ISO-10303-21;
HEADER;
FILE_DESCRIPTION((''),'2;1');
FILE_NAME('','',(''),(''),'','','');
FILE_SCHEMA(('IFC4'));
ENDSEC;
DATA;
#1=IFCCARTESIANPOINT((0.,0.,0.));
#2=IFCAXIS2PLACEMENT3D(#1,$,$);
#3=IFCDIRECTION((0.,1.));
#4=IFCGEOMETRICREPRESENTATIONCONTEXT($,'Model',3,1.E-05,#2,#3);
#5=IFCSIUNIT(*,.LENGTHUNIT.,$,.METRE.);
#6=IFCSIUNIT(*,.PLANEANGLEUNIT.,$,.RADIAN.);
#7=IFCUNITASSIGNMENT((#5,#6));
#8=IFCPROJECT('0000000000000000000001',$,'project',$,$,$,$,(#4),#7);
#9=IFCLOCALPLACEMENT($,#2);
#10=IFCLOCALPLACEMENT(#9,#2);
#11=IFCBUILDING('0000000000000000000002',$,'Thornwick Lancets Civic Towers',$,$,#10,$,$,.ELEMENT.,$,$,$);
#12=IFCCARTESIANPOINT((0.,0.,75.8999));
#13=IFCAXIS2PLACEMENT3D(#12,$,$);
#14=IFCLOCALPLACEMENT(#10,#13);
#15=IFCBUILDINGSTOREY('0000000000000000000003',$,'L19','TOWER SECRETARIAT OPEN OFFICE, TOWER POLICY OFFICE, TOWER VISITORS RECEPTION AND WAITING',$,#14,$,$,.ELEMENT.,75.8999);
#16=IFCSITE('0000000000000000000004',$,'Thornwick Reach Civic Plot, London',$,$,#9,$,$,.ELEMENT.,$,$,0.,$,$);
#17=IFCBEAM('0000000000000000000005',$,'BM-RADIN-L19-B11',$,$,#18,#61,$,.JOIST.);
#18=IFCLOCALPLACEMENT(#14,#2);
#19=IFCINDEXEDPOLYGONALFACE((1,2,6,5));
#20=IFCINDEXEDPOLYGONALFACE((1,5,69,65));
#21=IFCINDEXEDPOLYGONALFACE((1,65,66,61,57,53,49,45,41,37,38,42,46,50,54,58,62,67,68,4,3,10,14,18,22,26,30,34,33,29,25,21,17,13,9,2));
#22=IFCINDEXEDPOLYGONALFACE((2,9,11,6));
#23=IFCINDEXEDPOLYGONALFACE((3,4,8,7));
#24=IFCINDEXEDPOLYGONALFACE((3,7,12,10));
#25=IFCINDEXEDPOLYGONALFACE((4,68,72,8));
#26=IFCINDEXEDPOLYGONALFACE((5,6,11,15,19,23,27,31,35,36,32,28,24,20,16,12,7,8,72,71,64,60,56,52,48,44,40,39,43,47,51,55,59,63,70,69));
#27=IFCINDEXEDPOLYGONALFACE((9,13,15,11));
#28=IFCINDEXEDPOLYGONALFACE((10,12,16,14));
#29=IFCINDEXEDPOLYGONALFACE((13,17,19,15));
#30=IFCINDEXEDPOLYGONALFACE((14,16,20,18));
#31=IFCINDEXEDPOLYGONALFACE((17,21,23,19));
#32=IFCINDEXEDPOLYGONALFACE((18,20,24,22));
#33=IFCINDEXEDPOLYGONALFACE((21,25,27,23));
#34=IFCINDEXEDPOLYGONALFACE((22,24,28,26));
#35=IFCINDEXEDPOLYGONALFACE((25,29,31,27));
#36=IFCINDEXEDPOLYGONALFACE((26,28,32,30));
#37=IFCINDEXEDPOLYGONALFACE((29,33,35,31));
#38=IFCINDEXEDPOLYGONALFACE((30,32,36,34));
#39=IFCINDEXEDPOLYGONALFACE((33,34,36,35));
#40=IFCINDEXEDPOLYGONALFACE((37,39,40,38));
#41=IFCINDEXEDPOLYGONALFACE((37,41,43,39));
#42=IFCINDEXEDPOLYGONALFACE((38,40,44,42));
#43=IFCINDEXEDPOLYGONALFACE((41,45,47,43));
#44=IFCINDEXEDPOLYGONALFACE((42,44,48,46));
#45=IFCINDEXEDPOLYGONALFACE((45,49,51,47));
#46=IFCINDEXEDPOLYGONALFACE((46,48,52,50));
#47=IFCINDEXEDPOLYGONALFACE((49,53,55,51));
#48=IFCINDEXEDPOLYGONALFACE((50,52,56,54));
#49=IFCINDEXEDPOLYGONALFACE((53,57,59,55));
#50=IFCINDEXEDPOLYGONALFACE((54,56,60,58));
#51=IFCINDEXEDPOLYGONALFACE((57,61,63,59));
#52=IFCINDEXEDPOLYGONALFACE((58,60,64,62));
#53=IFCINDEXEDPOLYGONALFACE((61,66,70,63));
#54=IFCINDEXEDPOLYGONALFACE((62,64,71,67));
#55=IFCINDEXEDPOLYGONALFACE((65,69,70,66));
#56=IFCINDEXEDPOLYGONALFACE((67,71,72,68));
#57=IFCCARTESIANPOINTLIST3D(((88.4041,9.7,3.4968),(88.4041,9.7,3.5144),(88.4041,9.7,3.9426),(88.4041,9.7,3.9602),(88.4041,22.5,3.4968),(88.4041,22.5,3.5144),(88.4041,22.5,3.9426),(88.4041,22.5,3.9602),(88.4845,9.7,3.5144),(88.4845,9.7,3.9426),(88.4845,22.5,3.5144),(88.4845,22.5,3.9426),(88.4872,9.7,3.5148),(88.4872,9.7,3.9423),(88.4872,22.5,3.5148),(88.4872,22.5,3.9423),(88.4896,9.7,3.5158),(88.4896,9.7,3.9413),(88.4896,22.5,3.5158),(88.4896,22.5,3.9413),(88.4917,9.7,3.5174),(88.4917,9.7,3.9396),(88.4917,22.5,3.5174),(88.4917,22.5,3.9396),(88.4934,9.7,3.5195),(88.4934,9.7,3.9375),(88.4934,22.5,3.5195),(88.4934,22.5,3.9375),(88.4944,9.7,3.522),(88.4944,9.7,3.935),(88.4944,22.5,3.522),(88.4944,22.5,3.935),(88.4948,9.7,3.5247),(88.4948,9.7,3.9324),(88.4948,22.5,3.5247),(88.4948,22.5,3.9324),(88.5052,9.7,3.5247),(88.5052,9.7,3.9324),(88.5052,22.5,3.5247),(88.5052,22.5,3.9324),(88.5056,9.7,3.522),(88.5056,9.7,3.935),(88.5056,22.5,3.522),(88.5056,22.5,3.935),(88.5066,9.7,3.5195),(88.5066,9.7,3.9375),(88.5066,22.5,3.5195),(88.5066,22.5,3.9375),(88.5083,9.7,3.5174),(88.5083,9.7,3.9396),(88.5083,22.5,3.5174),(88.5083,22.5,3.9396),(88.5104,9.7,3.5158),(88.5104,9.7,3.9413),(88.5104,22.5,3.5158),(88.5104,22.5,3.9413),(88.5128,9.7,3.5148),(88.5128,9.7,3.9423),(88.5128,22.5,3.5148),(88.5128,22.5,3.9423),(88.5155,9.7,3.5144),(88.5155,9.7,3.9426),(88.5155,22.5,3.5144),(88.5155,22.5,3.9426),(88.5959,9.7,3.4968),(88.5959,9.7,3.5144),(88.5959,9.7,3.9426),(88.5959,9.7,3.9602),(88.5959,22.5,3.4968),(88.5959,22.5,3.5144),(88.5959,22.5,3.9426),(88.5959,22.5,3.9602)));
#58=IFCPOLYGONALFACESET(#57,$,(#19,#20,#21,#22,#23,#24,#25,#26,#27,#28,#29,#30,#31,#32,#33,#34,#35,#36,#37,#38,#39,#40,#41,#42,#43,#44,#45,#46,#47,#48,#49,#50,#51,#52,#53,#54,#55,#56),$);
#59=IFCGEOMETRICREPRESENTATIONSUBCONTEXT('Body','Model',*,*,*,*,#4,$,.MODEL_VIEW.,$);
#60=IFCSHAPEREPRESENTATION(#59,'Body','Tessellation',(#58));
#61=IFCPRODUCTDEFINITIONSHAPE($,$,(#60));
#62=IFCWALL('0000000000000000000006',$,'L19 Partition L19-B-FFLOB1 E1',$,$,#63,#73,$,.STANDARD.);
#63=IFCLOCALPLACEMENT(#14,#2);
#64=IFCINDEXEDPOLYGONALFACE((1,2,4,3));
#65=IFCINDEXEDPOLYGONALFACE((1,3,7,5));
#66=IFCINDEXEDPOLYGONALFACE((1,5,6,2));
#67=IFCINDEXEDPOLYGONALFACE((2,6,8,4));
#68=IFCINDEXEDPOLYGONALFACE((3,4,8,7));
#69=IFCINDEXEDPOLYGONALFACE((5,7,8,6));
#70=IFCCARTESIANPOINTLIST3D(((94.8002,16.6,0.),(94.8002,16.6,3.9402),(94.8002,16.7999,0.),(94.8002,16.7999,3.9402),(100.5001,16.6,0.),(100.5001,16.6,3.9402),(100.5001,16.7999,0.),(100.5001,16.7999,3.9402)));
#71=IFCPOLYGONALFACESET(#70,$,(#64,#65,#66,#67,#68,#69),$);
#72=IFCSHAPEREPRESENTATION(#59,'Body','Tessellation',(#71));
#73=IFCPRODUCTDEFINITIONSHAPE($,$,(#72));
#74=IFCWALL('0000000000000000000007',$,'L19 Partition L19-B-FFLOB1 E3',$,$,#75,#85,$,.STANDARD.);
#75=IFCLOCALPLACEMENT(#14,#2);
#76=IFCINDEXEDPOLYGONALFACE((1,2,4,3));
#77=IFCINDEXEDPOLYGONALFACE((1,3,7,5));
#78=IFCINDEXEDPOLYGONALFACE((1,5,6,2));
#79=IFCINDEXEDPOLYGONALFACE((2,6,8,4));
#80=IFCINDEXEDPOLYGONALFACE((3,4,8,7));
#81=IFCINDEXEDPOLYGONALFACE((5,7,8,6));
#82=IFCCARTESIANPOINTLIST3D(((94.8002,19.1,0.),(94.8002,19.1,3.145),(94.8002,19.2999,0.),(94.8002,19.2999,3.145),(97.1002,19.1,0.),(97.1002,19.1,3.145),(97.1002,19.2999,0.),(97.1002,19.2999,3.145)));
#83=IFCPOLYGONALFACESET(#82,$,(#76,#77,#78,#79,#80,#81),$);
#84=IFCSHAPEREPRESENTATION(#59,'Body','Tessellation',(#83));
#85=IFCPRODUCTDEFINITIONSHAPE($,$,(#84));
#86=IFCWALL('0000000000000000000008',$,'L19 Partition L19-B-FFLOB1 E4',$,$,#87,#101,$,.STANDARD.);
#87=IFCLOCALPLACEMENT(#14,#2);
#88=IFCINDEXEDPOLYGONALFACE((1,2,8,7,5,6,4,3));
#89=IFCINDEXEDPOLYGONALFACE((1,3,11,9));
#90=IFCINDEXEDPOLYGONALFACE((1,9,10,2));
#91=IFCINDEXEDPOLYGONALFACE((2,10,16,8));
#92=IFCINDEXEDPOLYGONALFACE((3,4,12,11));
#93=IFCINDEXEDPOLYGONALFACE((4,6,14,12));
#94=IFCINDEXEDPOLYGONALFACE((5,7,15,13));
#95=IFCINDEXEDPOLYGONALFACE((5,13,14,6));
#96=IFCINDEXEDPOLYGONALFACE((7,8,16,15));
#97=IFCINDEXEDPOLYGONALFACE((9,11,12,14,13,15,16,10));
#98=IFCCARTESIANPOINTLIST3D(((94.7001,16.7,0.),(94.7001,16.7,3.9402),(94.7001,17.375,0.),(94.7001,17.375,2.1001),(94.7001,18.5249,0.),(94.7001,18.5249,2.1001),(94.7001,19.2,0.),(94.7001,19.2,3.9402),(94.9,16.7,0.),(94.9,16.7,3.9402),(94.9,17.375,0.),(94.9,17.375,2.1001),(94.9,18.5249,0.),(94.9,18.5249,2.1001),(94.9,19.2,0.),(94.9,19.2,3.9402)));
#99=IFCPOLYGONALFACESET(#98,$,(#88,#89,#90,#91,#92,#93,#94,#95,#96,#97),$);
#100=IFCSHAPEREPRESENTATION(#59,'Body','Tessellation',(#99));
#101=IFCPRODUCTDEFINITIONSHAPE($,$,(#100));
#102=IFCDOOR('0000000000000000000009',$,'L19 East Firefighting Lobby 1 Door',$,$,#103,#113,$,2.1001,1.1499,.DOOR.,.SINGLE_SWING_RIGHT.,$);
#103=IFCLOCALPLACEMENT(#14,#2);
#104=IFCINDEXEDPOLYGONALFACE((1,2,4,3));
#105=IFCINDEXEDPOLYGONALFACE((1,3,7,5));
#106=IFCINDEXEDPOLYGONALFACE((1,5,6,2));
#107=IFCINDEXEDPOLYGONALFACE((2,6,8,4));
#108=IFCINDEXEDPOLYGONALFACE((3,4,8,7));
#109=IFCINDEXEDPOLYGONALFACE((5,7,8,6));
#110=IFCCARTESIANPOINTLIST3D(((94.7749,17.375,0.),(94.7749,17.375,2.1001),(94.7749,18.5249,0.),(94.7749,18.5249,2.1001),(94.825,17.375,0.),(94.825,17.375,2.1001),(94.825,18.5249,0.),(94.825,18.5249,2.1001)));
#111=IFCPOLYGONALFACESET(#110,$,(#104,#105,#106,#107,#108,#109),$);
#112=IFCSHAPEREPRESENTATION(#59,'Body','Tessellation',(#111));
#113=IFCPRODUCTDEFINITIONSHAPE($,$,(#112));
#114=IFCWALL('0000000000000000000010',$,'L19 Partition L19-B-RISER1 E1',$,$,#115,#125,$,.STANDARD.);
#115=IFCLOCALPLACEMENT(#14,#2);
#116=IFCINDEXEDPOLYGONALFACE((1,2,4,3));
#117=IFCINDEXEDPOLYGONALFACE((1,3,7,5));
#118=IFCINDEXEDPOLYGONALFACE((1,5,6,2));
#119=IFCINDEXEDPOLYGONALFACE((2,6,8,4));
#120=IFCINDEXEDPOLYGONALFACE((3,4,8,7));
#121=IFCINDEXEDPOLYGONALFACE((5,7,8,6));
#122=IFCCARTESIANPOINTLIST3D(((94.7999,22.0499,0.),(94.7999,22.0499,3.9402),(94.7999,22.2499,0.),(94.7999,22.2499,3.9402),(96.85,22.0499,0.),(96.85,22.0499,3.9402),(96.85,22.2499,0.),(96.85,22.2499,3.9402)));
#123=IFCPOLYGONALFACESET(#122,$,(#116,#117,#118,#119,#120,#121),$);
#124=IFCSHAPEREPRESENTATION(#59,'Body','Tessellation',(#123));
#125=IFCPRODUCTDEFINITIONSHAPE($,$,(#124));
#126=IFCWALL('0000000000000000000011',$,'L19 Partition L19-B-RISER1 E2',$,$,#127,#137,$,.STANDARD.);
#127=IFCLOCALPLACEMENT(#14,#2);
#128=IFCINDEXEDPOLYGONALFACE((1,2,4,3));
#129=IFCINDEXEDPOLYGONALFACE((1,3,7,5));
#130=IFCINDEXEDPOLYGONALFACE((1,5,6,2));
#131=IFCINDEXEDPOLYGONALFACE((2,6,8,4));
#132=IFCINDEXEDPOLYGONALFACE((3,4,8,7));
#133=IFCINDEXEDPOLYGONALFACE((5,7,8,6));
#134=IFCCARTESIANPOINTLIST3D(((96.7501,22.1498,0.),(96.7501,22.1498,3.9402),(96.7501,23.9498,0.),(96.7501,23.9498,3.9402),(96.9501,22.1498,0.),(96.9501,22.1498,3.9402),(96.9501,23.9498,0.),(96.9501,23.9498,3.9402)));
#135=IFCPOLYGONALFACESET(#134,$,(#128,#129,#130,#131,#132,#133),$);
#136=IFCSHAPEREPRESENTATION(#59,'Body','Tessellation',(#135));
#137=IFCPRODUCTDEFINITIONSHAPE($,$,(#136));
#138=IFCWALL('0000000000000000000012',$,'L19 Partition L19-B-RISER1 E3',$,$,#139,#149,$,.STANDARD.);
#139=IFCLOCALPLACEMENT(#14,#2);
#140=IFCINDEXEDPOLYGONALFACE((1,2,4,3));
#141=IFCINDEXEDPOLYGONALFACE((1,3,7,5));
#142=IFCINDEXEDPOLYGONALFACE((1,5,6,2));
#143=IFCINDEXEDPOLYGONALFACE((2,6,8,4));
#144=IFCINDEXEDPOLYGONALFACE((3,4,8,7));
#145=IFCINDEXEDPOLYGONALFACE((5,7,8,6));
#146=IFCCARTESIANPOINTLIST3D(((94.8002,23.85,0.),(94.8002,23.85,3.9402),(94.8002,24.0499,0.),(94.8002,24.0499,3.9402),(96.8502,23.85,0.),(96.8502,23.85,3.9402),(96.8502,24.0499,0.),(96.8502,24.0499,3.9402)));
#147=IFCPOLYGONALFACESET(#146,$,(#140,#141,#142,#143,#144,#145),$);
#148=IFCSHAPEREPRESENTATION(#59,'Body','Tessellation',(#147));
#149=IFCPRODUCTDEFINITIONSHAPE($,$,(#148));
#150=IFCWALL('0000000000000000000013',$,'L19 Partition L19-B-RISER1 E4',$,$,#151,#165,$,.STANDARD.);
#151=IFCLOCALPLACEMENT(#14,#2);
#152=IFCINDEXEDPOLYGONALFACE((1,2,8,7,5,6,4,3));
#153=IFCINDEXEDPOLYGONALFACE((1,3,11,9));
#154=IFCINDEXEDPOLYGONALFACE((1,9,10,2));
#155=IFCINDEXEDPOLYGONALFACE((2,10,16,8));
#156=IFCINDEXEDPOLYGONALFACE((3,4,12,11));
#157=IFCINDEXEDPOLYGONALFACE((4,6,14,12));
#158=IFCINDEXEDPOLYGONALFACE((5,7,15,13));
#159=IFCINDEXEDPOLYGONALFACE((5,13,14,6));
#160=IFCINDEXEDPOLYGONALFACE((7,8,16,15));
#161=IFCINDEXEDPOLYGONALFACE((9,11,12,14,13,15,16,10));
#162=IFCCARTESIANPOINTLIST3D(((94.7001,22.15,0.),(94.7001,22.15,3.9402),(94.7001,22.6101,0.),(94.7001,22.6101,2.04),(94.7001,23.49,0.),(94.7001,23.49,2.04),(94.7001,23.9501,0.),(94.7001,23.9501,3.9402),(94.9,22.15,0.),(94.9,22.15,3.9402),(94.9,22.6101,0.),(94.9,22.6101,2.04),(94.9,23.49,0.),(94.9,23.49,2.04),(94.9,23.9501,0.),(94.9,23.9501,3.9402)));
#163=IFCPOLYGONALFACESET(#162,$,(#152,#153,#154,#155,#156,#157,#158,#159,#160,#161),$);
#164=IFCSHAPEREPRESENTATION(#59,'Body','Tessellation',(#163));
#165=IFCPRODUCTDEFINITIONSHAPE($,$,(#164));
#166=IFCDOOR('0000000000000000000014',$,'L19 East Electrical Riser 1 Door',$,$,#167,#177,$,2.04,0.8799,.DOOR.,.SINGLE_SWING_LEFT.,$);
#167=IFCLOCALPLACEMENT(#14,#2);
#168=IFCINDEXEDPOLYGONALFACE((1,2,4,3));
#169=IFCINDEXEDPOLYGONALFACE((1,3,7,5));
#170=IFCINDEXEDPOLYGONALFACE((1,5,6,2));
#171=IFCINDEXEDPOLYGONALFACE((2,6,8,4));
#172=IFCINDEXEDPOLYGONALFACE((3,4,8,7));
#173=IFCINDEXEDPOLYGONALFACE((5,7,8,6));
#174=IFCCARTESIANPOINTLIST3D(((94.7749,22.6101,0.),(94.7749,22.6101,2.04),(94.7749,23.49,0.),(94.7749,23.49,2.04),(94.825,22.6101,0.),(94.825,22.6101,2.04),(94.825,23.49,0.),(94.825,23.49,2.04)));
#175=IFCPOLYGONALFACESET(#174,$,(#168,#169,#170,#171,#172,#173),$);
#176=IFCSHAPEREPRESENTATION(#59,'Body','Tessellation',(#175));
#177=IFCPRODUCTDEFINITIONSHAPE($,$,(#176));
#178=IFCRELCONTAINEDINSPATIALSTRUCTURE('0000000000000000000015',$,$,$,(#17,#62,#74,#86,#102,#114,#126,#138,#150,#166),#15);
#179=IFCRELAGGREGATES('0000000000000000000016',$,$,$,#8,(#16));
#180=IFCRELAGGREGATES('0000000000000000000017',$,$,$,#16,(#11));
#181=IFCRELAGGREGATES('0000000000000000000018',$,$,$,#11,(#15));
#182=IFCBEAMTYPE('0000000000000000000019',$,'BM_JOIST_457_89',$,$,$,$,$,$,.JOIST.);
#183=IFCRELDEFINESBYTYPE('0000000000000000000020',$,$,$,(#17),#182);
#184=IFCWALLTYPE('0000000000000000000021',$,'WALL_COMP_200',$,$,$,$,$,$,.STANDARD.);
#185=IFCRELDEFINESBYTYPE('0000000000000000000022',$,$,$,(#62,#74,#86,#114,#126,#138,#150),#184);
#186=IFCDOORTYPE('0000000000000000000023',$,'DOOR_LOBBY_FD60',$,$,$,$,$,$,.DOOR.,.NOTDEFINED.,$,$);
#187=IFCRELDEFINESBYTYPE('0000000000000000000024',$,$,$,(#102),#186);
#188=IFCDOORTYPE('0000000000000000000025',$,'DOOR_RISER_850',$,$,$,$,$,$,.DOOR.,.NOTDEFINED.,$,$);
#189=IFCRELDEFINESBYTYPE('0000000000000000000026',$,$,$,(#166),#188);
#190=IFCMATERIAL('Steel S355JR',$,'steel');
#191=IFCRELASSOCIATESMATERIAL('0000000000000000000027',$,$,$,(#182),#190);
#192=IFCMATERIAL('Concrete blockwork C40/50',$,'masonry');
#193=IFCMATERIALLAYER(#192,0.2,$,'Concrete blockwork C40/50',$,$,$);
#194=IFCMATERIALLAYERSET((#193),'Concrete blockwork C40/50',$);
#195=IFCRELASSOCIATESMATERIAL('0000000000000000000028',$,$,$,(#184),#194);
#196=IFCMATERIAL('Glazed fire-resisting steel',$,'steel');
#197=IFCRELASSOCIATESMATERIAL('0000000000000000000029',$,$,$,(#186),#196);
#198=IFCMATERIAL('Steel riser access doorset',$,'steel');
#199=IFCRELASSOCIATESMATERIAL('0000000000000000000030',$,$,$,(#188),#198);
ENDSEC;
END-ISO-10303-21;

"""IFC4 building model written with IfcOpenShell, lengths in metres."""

from ifc_helpers import new_model, si_unit, direction, frame, frame_2d, origin, origin_2d, place, context, subcontext, project, spatial, rectangle, i_section, extrude, material, layer, layer_set, material_profile, profile_set, type_object, element, fill, save


model = new_model("IFC4")

# Units and contexts
model_context = context("Model", 3, precision=1e-05, world=origin(), true_north=direction((0.0, 1.0)))
body_context = subcontext(model_context, "Body", "Model", "MODEL_VIEW")
ifc_project = project(units=[si_unit("LENGTHUNIT", "METRE"), si_unit("PLANEANGLEUNIT", "RADIAN")], contexts=[model_context])

# Site, building, storey
site_placement = place(None, origin())
site = spatial("IfcSite", under=ifc_project, at=site_placement, Name="Thornwick Reach Civic Plot, London", CompositionType="ELEMENT", RefElevation=0.0)
building_placement = place(site_placement, origin())
building = spatial("IfcBuilding", under=site, at=building_placement, Name="Thornwick Lancets Civic Towers", CompositionType="ELEMENT")
storey_placement = place(building_placement, frame((0.0, 0.0, 75.8999)))
storey = spatial("IfcBuildingStorey", under=building, at=storey_placement, Name="L19", Description="TOWER SECRETARIAT OPEN OFFICE, TOWER POLICY OFFICE, TOWER VISITORS RECEPTION AND WAITING", CompositionType="ELEMENT", Elevation=75.8999)

# Beam
ifc_material_1 = material(Name="Steel S355JR", Category="steel")
ifc_material_profile_1 = material_profile(ifc_material_1, i_section(OverallWidth=0.1919, OverallDepth=0.4634, WebThickness=0.0105, FlangeThickness=0.0176, FilletRadius=0.0103, at=origin_2d()), Name="UKB 457x191x89")
ifc_profile_set_1 = profile_set([ifc_material_profile_1], Name="Steel S355JR")
beam_type_1 = type_object("IfcBeamType", Name="BM_JOIST_457_89", PredefinedType="JOIST", material=ifc_profile_set_1)
for number, where, z_axis, x_axis, name in (
    (1, (88.5, 22.5, 3.7285), (0.0, -1.0, 0.0), (1.0, 0.0, 0.0), "BM-RADIN-L19-B11"),
):
    element("IfcBeam", number, at=place(storey_placement, frame(where, z_axis=z_axis, x_axis=x_axis)), inside=storey, type_object=beam_type_1, Name=name, PredefinedType="JOIST", context=body_context, shape_type="SweptSolid", body=[
        extrude(i_section(OverallWidth=0.1919, OverallDepth=0.4634, WebThickness=0.0105, FlangeThickness=0.0176, FilletRadius=0.0103, at=origin_2d()), origin(), (0.0, 0.0, 1.0), 12.8),
    ])

# Walls
ifc_material_2 = material(Name="Concrete blockwork C40/50", Category="masonry")
ifc_layer_1 = layer(ifc_material_2, 0.2, Name="Concrete blockwork C40/50")
ifc_layer_set_1 = layer_set([ifc_layer_1], Name="Concrete blockwork C40/50")
wall_type_1 = type_object("IfcWallType", Name="WALL_COMP_200", PredefinedType="STANDARD", material=ifc_layer_set_1)
wall_1_placement = place(storey_placement, frame((94.8, 16.7, 0.0), z_axis=(0.0, 0.0, 1.0), x_axis=(1.0, 0.0, 0.0)))
element("IfcWall", 2, at=wall_1_placement, inside=storey, type_object=wall_type_1, Name="L19 Partition L19-B-FFLOB1 E1", PredefinedType="STANDARD", context=body_context, shape_type="SweptSolid", body=[
    extrude(rectangle(XDim=5.7, YDim=0.2, at=frame_2d((2.8501, 0.0))), origin(), (0.0, 0.0, 1.0), 3.9402),
])
wall_2_placement = place(storey_placement, frame((97.1001, 19.2, 0.0), z_axis=(0.0, 0.0, 1.0), x_axis=(-1.0, 0.0, 0.0)))
element("IfcWall", 3, at=wall_2_placement, inside=storey, type_object=wall_type_1, Name="L19 Partition L19-B-FFLOB1 E3", PredefinedType="STANDARD", context=body_context, shape_type="SweptSolid", body=[
    extrude(rectangle(XDim=2.3, YDim=0.2, at=frame_2d((1.1499, 0.0))), origin(), (0.0, 0.0, 1.0), 3.145),
])

# Wall, opening, door
wall_3_placement = place(storey_placement, frame((94.8, 19.2, 0.0), z_axis=(0.0, 0.0, 1.0), x_axis=(0.0, -1.0, 0.0)))
wall_3 = element("IfcWall", 4, at=wall_3_placement, inside=storey, type_object=wall_type_1, Name="L19 Partition L19-B-FFLOB1 E4", PredefinedType="STANDARD", context=body_context, shape_type="SweptSolid", body=[
    extrude(rectangle(XDim=2.5, YDim=0.2, at=frame_2d((1.25, 0.0))), origin(), (0.0, 0.0, 1.0), 3.9402),
])
opening_1_placement = place(wall_3_placement, frame((0.675, 0.0, 0.0)))
opening_1 = element("IfcOpeningElement", 5, at=opening_1_placement, cuts=wall_3, PredefinedType="OPENING", context=body_context, shape_type="SweptSolid", body=[
    extrude(rectangle(XDim=1.1499, YDim=2.1001, at=frame_2d((0.575, 1.05))), frame((0.0, 0.1099, 0.0), z_axis=(0.0, -1.0, 0.0), x_axis=(1.0, 0.0, 0.0)), (0.0, 0.0, 1.0), 0.22),
])
ifc_material_3 = material(Name="Glazed fire-resisting steel", Category="steel")
door_type_1 = type_object("IfcDoorType", Name="DOOR_LOBBY_FD60", OperationType="NOTDEFINED", PredefinedType="DOOR", material=ifc_material_3)
door_1_placement = place(opening_1_placement, origin())
door_1 = element("IfcDoor", 6, at=door_1_placement, inside=storey, type_object=door_type_1, Name="L19 East Firefighting Lobby 1 Door", OperationType="SINGLE_SWING_RIGHT", OverallHeight=2.1001, OverallWidth=1.1499, PredefinedType="DOOR", context=body_context, shape_type="SweptSolid", body=[
    extrude(rectangle(XDim=1.1499, YDim=2.1001, at=frame_2d((0.575, 1.05))), frame((0.0, 0.0249, 0.0), z_axis=(0.0, -1.0, 0.0), x_axis=(1.0, 0.0, 0.0)), (0.0, 0.0, 1.0), 0.05),
])
fill(opening_1, door_1)

# Walls
wall_4_placement = place(storey_placement, frame((94.8, 22.1499, 0.0), z_axis=(0.0, 0.0, 1.0), x_axis=(1.0, 0.0, 0.0)))
element("IfcWall", 7, at=wall_4_placement, inside=storey, type_object=wall_type_1, Name="L19 Partition L19-B-RISER1 E1", PredefinedType="STANDARD", context=body_context, shape_type="SweptSolid", body=[
    extrude(rectangle(XDim=2.05, YDim=0.2, at=frame_2d((1.0249, 0.0))), origin(), (0.0, 0.0, 1.0), 3.9402),
])
wall_5_placement = place(storey_placement, frame((96.8501, 22.1499, 0.0), z_axis=(0.0, 0.0, 1.0), x_axis=(0.0, 1.0, 0.0)))
element("IfcWall", 8, at=wall_5_placement, inside=storey, type_object=wall_type_1, Name="L19 Partition L19-B-RISER1 E2", PredefinedType="STANDARD", context=body_context, shape_type="SweptSolid", body=[
    extrude(rectangle(XDim=1.8, YDim=0.2, at=frame_2d((0.8999, 0.0))), origin(), (0.0, 0.0, 1.0), 3.9402),
])
wall_6_placement = place(storey_placement, frame((96.8501, 23.95, 0.0), z_axis=(0.0, 0.0, 1.0), x_axis=(-1.0, 0.0, 0.0)))
element("IfcWall", 9, at=wall_6_placement, inside=storey, type_object=wall_type_1, Name="L19 Partition L19-B-RISER1 E3", PredefinedType="STANDARD", context=body_context, shape_type="SweptSolid", body=[
    extrude(rectangle(XDim=2.05, YDim=0.2, at=frame_2d((1.0249, 0.0))), origin(), (0.0, 0.0, 1.0), 3.9402),
])

# Wall, opening, door
wall_7_placement = place(storey_placement, frame((94.8, 23.95, 0.0), z_axis=(0.0, 0.0, 1.0), x_axis=(0.0, -1.0, 0.0)))
wall_7 = element("IfcWall", 10, at=wall_7_placement, inside=storey, type_object=wall_type_1, Name="L19 Partition L19-B-RISER1 E4", PredefinedType="STANDARD", context=body_context, shape_type="SweptSolid", body=[
    extrude(rectangle(XDim=1.8, YDim=0.2, at=frame_2d((0.8999, 0.0))), origin(), (0.0, 0.0, 1.0), 3.9402),
])
opening_2_placement = place(wall_7_placement, frame((0.46, 0.0, 0.0)))
opening_2 = element("IfcOpeningElement", 11, at=opening_2_placement, cuts=wall_7, PredefinedType="OPENING", context=body_context, shape_type="SweptSolid", body=[
    extrude(rectangle(XDim=0.8799, YDim=2.04, at=frame_2d((0.4399, 1.02))), frame((0.0, 0.1099, 0.0), z_axis=(0.0, -1.0, 0.0), x_axis=(1.0, 0.0, 0.0)), (0.0, 0.0, 1.0), 0.22),
])
ifc_material_4 = material(Name="Steel riser access doorset", Category="steel")
door_type_2 = type_object("IfcDoorType", Name="DOOR_RISER_850", OperationType="NOTDEFINED", PredefinedType="DOOR", material=ifc_material_4)
door_2_placement = place(opening_2_placement, origin())
door_2 = element("IfcDoor", 12, at=door_2_placement, inside=storey, type_object=door_type_2, Name="L19 East Electrical Riser 1 Door", OperationType="SINGLE_SWING_LEFT", OverallHeight=2.04, OverallWidth=0.8799, PredefinedType="DOOR", context=body_context, shape_type="SweptSolid", body=[
    extrude(rectangle(XDim=0.8799, YDim=2.04, at=frame_2d((0.4399, 1.02))), frame((0.0, 0.0249, 0.0), z_axis=(0.0, -1.0, 0.0), x_axis=(1.0, 0.0, 0.0)), (0.0, 0.0, 1.0), 0.05),
])
fill(opening_2, door_2)

save(model, "model.ifc")
